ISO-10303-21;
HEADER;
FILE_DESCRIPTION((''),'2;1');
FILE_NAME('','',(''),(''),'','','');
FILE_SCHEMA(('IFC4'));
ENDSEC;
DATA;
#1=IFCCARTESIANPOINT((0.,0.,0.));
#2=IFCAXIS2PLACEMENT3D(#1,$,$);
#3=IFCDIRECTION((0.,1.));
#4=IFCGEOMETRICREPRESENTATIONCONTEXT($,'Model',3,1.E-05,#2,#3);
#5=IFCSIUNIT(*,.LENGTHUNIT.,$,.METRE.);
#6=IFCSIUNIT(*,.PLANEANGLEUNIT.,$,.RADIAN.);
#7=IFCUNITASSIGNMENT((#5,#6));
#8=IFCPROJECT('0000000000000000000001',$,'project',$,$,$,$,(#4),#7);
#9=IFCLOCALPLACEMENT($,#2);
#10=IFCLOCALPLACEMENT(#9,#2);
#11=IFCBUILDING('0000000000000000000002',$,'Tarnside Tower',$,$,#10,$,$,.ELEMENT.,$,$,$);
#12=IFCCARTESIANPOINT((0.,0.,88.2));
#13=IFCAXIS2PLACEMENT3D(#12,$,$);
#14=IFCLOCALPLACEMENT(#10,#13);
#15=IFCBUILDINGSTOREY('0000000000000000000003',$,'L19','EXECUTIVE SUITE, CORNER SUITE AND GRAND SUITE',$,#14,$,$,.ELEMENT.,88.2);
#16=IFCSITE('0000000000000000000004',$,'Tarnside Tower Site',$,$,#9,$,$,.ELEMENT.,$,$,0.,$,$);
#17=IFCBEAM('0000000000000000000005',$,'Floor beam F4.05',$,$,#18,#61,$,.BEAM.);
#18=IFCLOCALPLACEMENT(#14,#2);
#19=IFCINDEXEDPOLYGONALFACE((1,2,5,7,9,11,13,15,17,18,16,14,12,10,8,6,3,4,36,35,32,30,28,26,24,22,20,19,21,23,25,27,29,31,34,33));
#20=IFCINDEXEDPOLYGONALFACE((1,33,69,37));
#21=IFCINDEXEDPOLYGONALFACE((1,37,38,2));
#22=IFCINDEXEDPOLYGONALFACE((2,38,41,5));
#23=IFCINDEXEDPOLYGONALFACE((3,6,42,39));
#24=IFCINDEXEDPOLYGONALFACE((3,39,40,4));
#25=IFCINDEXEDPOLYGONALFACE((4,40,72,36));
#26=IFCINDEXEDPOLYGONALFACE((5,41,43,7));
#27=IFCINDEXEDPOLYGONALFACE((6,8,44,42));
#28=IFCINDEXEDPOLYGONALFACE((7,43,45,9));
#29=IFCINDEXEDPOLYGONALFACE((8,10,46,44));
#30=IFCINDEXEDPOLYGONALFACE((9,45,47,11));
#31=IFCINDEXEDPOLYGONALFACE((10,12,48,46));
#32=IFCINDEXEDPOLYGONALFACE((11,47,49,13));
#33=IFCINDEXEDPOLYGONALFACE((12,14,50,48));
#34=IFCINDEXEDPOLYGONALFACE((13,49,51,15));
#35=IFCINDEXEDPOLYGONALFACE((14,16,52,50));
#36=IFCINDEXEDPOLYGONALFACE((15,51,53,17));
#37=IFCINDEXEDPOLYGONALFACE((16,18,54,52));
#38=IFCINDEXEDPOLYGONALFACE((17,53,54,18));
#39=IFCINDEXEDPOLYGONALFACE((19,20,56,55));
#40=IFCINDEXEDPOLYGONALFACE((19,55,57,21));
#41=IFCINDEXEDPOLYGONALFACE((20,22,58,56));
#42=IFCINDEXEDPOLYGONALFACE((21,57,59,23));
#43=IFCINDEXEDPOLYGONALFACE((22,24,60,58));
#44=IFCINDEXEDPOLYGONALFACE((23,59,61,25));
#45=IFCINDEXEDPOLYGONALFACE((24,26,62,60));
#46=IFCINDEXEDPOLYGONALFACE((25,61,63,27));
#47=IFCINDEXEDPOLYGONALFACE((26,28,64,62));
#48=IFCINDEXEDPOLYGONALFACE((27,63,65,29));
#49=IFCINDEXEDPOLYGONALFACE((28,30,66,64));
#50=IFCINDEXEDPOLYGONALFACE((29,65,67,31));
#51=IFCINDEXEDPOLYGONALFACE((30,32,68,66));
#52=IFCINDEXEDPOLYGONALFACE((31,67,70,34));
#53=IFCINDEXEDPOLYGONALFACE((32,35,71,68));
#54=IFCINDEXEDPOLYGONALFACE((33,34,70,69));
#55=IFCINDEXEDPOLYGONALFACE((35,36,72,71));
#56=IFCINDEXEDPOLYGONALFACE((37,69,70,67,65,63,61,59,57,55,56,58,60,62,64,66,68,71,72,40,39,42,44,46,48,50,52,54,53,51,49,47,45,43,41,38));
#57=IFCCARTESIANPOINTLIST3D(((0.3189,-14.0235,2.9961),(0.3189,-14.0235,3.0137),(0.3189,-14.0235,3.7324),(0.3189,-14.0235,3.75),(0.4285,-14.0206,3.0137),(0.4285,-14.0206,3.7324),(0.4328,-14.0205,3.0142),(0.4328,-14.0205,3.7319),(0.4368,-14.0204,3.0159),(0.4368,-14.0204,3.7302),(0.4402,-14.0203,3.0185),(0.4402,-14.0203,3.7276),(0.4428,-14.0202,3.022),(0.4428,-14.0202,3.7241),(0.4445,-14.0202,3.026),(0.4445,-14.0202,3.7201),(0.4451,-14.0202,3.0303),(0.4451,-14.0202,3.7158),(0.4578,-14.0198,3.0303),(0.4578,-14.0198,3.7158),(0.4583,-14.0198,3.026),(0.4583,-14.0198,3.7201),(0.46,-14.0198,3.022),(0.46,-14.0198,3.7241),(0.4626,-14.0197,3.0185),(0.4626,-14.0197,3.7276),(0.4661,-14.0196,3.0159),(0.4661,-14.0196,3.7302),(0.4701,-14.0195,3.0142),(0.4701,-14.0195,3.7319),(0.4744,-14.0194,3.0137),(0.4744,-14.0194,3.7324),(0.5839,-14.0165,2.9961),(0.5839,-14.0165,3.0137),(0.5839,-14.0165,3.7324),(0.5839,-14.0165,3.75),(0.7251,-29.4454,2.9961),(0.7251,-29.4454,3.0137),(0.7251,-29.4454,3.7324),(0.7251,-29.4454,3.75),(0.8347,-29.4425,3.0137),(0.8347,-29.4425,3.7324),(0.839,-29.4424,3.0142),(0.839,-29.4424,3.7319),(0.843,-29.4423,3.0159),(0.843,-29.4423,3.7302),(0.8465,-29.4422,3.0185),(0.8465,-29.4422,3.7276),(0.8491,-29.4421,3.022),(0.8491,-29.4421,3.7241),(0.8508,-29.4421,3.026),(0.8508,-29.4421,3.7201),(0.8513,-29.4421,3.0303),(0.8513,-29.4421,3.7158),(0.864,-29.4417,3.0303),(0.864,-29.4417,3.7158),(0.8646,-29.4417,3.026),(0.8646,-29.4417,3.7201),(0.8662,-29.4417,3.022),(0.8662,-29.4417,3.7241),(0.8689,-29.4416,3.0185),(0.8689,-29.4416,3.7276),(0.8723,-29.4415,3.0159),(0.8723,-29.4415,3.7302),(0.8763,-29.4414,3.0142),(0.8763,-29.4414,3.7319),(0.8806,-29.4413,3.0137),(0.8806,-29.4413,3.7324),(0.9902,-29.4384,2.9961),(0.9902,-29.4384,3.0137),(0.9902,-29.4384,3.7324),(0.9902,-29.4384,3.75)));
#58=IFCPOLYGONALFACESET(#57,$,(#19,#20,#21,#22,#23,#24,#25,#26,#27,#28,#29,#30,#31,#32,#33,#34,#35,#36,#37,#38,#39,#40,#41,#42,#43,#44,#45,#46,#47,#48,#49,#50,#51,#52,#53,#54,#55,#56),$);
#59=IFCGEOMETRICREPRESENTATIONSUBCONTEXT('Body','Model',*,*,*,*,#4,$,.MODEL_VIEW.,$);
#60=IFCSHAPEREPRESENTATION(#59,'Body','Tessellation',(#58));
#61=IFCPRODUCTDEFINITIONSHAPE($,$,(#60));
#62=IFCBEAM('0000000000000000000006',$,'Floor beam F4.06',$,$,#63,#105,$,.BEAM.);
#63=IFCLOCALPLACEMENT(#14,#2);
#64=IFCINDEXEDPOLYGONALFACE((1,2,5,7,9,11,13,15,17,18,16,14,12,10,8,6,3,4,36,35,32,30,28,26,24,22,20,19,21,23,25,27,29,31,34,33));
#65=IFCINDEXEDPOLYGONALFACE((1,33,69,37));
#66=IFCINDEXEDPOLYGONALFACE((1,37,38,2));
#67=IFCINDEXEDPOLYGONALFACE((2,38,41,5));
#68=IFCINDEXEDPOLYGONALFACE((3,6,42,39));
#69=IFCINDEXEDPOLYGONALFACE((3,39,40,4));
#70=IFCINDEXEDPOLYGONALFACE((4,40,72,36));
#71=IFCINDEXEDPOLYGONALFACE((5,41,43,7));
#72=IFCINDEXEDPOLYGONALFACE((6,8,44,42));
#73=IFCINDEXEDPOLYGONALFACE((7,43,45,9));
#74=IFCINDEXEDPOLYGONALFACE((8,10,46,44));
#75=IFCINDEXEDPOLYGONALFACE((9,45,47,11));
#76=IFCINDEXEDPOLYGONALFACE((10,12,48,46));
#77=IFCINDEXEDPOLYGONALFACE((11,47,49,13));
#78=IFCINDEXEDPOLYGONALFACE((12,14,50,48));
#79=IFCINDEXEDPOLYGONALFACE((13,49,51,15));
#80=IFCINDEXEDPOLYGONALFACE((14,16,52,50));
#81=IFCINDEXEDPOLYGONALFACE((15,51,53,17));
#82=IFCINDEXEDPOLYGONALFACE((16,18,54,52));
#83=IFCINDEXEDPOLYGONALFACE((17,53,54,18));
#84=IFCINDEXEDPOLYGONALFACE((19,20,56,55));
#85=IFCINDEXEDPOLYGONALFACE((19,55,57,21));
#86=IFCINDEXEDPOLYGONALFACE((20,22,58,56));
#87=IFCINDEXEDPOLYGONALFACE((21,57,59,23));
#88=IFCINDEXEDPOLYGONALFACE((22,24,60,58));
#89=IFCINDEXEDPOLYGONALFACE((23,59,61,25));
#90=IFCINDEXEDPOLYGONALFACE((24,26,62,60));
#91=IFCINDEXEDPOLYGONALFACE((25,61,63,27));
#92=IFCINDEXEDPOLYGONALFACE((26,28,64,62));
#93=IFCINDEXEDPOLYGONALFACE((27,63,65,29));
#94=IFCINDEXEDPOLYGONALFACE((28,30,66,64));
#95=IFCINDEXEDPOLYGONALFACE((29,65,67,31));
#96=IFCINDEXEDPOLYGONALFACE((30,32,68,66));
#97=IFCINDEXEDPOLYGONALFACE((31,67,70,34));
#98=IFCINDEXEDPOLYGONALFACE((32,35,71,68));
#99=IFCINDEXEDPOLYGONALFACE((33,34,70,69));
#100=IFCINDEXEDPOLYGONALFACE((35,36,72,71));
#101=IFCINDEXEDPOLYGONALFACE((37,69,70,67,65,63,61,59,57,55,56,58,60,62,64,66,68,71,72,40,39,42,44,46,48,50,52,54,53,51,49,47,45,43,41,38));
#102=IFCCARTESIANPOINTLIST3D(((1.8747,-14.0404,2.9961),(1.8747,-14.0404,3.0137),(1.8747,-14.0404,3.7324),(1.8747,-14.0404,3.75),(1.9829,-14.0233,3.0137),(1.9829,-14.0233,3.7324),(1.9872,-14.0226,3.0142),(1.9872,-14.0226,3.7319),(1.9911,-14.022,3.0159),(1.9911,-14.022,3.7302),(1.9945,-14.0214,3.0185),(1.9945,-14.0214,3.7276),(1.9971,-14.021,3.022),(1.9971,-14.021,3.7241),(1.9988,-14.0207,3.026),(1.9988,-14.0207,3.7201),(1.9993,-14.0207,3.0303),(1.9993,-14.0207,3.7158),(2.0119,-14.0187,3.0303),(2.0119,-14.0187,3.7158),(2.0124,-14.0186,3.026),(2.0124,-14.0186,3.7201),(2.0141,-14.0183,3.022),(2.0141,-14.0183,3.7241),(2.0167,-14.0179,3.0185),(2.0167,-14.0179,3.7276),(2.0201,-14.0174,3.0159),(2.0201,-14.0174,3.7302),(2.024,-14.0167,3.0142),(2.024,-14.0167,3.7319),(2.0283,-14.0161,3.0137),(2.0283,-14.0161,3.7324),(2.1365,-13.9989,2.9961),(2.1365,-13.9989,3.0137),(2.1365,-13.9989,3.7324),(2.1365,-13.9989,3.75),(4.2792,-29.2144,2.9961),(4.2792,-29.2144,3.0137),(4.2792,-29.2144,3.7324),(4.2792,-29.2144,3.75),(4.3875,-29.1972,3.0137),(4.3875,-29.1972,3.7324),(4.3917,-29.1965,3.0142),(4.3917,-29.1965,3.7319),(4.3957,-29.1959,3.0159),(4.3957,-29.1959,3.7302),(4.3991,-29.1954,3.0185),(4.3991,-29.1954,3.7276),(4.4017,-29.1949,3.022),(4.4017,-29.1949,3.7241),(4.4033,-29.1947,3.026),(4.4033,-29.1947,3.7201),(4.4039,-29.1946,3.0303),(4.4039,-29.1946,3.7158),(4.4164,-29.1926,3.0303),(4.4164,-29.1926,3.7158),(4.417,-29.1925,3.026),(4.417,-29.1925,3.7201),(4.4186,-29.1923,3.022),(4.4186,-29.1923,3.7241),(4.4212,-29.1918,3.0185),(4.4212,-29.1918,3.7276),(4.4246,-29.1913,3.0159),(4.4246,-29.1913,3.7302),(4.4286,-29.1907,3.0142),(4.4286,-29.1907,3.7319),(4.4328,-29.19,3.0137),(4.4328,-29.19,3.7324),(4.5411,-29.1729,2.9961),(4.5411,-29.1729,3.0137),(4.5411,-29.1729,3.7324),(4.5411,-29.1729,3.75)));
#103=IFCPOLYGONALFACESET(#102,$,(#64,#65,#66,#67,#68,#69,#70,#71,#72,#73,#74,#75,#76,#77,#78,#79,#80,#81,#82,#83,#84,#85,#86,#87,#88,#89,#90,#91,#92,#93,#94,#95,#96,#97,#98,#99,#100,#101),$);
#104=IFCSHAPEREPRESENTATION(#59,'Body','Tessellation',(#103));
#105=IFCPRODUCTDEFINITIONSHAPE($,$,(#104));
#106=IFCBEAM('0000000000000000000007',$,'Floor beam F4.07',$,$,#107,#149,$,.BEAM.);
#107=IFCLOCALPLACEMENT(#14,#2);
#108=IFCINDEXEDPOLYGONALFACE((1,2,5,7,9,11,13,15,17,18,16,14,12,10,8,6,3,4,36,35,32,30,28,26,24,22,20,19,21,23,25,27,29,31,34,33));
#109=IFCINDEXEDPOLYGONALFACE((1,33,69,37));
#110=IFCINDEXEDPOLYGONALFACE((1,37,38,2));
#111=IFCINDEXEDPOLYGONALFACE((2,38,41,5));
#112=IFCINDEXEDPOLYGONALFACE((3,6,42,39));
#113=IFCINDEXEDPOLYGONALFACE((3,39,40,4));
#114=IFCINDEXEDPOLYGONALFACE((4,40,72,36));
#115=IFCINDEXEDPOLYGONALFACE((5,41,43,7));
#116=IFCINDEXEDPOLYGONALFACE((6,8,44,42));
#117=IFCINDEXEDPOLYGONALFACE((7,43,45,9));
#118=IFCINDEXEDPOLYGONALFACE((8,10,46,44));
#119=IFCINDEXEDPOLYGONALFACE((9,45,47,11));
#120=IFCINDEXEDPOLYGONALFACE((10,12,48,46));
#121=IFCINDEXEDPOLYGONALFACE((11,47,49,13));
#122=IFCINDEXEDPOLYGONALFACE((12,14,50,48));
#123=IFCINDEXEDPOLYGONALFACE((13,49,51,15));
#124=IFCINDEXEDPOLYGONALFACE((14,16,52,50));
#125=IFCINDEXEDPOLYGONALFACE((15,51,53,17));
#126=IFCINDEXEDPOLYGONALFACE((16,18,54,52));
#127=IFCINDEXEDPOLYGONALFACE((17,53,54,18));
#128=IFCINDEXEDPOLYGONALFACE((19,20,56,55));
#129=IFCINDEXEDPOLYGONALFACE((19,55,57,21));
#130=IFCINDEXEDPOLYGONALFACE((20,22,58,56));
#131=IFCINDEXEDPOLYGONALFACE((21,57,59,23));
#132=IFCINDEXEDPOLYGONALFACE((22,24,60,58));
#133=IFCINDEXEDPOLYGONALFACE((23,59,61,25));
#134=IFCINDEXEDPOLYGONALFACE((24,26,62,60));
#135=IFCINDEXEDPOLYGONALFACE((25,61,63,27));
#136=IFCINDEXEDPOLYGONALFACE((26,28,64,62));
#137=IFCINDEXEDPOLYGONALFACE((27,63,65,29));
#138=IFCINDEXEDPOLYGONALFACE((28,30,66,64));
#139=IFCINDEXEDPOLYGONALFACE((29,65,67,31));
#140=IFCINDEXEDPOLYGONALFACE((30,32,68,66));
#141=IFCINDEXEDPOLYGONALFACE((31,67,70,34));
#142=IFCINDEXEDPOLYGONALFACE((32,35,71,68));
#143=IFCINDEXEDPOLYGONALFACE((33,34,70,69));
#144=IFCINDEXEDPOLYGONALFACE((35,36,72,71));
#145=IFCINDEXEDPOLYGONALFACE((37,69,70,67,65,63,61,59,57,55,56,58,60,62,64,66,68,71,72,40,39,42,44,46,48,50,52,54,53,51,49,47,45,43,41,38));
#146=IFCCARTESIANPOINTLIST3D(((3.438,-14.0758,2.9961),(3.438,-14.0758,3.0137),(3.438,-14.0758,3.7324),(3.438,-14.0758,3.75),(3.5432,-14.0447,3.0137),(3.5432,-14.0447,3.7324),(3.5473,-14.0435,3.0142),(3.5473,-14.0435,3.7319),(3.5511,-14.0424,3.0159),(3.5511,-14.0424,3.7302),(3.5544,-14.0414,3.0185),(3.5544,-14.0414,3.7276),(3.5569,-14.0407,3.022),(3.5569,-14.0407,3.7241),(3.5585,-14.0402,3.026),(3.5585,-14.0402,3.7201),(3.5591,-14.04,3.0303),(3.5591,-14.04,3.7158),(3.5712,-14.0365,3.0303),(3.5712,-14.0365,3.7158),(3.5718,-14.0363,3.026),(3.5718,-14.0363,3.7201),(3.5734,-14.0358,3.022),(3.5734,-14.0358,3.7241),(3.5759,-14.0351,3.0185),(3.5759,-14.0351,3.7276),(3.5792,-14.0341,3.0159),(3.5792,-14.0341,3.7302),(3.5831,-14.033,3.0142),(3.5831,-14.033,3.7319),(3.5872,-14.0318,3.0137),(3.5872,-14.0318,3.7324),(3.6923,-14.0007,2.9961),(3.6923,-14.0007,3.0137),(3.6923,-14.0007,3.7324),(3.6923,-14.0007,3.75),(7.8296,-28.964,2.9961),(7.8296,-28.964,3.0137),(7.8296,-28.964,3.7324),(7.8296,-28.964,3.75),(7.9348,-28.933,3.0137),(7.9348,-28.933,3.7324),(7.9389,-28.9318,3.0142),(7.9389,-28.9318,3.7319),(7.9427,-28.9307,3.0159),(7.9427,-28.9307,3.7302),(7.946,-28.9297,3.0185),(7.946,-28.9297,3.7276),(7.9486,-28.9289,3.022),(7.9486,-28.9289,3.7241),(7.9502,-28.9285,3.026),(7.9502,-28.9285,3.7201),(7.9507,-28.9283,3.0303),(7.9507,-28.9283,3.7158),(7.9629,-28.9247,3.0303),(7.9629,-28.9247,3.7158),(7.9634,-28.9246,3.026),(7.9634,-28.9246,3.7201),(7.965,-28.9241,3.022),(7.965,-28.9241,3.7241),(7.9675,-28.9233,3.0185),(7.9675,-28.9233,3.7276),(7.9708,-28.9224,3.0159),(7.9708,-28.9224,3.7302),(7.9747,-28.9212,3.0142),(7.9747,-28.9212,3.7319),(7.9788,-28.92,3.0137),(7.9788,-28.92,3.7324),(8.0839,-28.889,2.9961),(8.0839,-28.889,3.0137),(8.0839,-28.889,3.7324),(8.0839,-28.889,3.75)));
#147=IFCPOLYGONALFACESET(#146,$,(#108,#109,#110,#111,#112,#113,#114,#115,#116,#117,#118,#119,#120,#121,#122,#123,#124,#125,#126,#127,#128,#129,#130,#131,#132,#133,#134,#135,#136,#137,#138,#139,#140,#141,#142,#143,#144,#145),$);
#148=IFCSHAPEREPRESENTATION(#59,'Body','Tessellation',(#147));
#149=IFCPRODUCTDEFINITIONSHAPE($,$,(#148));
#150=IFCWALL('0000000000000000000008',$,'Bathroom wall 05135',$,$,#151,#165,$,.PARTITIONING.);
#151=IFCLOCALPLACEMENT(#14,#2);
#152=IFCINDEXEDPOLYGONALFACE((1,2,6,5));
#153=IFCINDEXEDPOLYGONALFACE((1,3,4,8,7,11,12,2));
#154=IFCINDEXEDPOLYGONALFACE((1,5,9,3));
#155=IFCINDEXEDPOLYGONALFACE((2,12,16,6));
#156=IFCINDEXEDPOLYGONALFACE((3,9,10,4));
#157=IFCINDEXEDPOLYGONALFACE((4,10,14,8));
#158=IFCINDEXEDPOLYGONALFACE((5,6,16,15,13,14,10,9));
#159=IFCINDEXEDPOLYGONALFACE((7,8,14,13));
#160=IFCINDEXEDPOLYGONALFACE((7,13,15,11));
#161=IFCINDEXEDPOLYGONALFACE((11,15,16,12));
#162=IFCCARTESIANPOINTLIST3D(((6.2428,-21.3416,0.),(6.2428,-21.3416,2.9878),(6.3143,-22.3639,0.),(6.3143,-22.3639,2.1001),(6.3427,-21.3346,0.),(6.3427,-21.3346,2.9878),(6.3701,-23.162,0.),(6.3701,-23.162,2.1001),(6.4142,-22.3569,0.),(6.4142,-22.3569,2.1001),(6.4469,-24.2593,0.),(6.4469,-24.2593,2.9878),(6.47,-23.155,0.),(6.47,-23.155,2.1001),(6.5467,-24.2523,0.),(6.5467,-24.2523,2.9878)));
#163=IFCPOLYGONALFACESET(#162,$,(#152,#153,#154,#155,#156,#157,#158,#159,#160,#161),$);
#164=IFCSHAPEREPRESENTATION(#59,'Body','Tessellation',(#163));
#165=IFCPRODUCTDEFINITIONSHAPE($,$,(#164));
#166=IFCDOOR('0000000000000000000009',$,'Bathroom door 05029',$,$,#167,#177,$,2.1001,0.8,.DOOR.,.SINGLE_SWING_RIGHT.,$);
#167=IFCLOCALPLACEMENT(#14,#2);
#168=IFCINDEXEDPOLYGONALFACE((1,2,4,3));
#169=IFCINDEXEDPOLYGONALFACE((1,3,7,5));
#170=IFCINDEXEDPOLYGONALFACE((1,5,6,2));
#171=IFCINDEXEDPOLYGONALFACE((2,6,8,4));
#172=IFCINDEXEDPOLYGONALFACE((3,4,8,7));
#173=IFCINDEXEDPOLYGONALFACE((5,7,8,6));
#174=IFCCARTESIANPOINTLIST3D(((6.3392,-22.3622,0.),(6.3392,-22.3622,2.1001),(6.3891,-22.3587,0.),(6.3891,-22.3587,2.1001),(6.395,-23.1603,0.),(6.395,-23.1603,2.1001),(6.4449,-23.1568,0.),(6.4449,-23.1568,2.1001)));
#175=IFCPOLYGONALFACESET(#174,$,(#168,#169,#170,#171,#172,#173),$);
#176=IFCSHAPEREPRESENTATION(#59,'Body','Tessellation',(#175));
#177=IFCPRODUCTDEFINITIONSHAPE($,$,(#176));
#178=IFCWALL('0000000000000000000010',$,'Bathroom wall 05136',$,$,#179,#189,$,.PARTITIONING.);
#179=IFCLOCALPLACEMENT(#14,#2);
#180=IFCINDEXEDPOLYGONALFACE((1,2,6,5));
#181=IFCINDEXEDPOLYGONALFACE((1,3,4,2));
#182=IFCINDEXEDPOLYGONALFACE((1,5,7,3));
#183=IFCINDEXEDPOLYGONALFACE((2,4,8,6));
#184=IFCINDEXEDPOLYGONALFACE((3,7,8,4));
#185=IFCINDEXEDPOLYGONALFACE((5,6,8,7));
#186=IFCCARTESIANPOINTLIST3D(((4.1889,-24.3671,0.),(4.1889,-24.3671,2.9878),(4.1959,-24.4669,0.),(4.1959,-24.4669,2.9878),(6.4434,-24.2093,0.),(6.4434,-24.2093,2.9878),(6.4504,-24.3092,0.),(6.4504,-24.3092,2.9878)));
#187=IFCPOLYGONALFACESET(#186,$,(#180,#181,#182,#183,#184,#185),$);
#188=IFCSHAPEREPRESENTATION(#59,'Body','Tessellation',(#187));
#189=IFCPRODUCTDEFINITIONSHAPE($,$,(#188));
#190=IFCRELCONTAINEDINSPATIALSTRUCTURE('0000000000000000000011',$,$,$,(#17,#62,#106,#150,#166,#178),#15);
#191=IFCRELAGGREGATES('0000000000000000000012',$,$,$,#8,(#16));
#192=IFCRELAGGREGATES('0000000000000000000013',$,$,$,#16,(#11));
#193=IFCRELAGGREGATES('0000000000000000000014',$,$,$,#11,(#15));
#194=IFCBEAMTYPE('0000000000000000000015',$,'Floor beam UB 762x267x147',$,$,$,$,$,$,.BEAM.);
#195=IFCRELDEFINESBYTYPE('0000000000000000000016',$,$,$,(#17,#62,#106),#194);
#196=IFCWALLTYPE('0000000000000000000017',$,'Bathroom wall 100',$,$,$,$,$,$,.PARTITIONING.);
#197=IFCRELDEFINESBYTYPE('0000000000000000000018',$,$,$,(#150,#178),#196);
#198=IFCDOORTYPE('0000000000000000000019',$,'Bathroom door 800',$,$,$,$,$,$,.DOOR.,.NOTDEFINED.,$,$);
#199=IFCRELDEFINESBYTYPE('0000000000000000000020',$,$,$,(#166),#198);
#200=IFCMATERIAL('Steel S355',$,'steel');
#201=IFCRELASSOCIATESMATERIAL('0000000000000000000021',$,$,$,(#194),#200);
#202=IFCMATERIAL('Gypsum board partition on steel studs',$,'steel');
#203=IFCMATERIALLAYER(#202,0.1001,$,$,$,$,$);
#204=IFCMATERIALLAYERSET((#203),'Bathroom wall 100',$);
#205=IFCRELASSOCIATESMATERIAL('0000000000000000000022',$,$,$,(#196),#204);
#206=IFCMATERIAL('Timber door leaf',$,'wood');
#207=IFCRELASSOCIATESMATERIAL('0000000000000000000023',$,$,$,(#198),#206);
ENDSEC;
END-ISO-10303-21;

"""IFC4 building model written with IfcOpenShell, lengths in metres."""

from ifc_helpers import new_model, si_unit, direction, frame, frame_2d, origin, origin_2d, place, context, subcontext, project, spatial, rectangle, i_section, extrude, material, layer, layer_set, material_profile, profile_set, type_object, element, fill, save


model = new_model("IFC4")

# Units and contexts
model_context = context("Model", 3, precision=1e-05, world=origin(), true_north=direction((0.0, 1.0)))
body_context = subcontext(model_context, "Body", "Model", "MODEL_VIEW")
ifc_project = project(units=[si_unit("LENGTHUNIT", "METRE"), si_unit("PLANEANGLEUNIT", "RADIAN")], contexts=[model_context])

# Site, building, storey
site_placement = place(None, origin())
site = spatial("IfcSite", under=ifc_project, at=site_placement, Name="Tarnside Tower Site", CompositionType="ELEMENT", RefElevation=0.0)
building_placement = place(site_placement, origin())
building = spatial("IfcBuilding", under=site, at=building_placement, Name="Tarnside Tower", CompositionType="ELEMENT")
storey_placement = place(building_placement, frame((0.0, 0.0, 88.2)))
storey = spatial("IfcBuildingStorey", under=building, at=storey_placement, Name="L19", Description="EXECUTIVE SUITE, CORNER SUITE AND GRAND SUITE", CompositionType="ELEMENT", Elevation=88.2)

# Beams
ifc_material_1 = material(Name="Steel S355", Category="steel")
ifc_material_profile = material_profile(ifc_material_1, i_section(OverallWidth=0.2651, OverallDepth=0.7539, WebThickness=0.0127, FlangeThickness=0.0176, FilletRadius=0.0166, at=origin_2d()), Name="UB 762x267x147")
ifc_profile_set = profile_set([ifc_material_profile], Name="Steel S355")
beam_type = type_object("IfcBeamType", Name="Floor beam UB 762x267x147", PredefinedType="BEAM", material=ifc_profile_set)
beam_1_placement = place(storey_placement, frame((0.8577, -29.4419, 3.373), z_axis=(-0.026333, 0.999653, 0.0), x_axis=(-0.999653, -0.026333, 0.0)))
element("IfcBeam", 1, at=beam_1_placement, inside=storey, type_object=beam_type, Name="Floor beam F4.05", PredefinedType="BEAM", context=body_context, shape_type="SweptSolid", body=[
    extrude(i_section(OverallWidth=0.2651, OverallDepth=0.7539, WebThickness=0.0127, FlangeThickness=0.0176, FilletRadius=0.0166, at=origin_2d()), origin(), (0.0, 0.0, 1.0), 15.4272),
])
beam_2_placement = place(storey_placement, frame((4.4102, -29.1936, 3.373), z_axis=(-0.156513, 0.987676, 0.0), x_axis=(-0.987676, -0.156513, 0.0)))
element("IfcBeam", 2, at=beam_2_placement, inside=storey, type_object=beam_type, Name="Floor beam F4.06", PredefinedType="BEAM", context=body_context, shape_type="SweptSolid", body=[
    extrude(i_section(OverallWidth=0.2651, OverallDepth=0.7539, WebThickness=0.0127, FlangeThickness=0.0176, FilletRadius=0.0166, at=origin_2d()), origin(), (0.0, 0.0, 1.0), 15.3633),
])
beam_3_placement = place(storey_placement, frame((7.9568, -28.9265, 3.373), z_axis=(-0.282921, 0.959143, 0.0), x_axis=(-0.959143, -0.282921, 0.0)))
element("IfcBeam", 3, at=beam_3_placement, inside=storey, type_object=beam_type, Name="Floor beam F4.07", PredefinedType="BEAM", context=body_context, shape_type="SweptSolid", body=[
    extrude(i_section(OverallWidth=0.2651, OverallDepth=0.7539, WebThickness=0.0127, FlangeThickness=0.0176, FilletRadius=0.0166, at=origin_2d()), origin(), (0.0, 0.0, 1.0), 15.5225),
])

# Wall, opening, door
ifc_material_2 = material(Name="Gypsum board partition on steel studs", Category="steel")
ifc_layer_1 = layer(ifc_material_2, 0.1001)
ifc_layer_set_1 = layer_set([ifc_layer_1], Name="Bathroom wall 100")
wall_type_1 = type_object("IfcWallType", Name="Bathroom wall 100", PredefinedType="PARTITIONING", material=ifc_layer_set_1)
wall_1_placement = place(storey_placement, frame((6.2927, -21.3381, 0.0), z_axis=(0.0, 0.0, 1.0), x_axis=(0.069782, -0.997562, 0.0)))
wall_1 = element("IfcWall", 4, at=wall_1_placement, inside=storey, type_object=wall_type_1, Name="Bathroom wall 05135", PredefinedType="PARTITIONING", context=body_context, shape_type="SweptSolid", body=[
    extrude(rectangle(XDim=2.9248, YDim=0.1001, at=frame_2d((1.4624, 0.0))), origin(), (0.0, 0.0, 1.0), 2.9878),
])
opening_1_placement = place(wall_1_placement, frame((1.0249, 0.0, 0.0)))
opening_1 = element("IfcOpeningElement", 5, at=opening_1_placement, cuts=wall_1, PredefinedType="OPENING", context=body_context, shape_type="SweptSolid", body=[
    extrude(rectangle(XDim=0.8, YDim=2.1001, at=frame_2d((0.3999, 1.05))), frame((0.0, 0.0601, 0.0), z_axis=(0.0, -1.0, 0.0), x_axis=(1.0, 0.0, 0.0)), (0.0, 0.0, 1.0), 0.1201),
])
ifc_material_3 = material(Name="Timber door leaf", Category="wood")
door_type_1 = type_object("IfcDoorType", Name="Bathroom door 800", OperationType="NOTDEFINED", PredefinedType="DOOR", material=ifc_material_3)
door_1_placement = place(opening_1_placement, origin())
door_1 = element("IfcDoor", 6, at=door_1_placement, inside=storey, type_object=door_type_1, Name="Bathroom door 05029", OperationType="SINGLE_SWING_RIGHT", OverallHeight=2.1001, OverallWidth=0.8, PredefinedType="DOOR", context=body_context, shape_type="SweptSolid", body=[
    extrude(rectangle(XDim=0.8, YDim=2.1001, at=frame_2d((0.3999, 1.05))), frame((0.0, 0.0249, 0.0), z_axis=(0.0, -1.0, 0.0), x_axis=(1.0, 0.0, 0.0)), (0.0, 0.0, 1.0), 0.05),
])
fill(opening_1, door_1)

# Wall
wall_2_placement = place(storey_placement, frame((6.4468, -24.2593, 0.0), z_axis=(0.0, 0.0, 1.0), x_axis=(-0.997562, -0.069788, 0.0)))
element("IfcWall", 7, at=wall_2_placement, inside=storey, type_object=wall_type_1, Name="Bathroom wall 05136", PredefinedType="PARTITIONING", context=body_context, shape_type="SweptSolid", body=[
    extrude(rectangle(XDim=2.26, YDim=0.1001, at=frame_2d((1.1299, 0.0))), origin(), (0.0, 0.0, 1.0), 2.9878),
])

save(model, "model.ifc")
